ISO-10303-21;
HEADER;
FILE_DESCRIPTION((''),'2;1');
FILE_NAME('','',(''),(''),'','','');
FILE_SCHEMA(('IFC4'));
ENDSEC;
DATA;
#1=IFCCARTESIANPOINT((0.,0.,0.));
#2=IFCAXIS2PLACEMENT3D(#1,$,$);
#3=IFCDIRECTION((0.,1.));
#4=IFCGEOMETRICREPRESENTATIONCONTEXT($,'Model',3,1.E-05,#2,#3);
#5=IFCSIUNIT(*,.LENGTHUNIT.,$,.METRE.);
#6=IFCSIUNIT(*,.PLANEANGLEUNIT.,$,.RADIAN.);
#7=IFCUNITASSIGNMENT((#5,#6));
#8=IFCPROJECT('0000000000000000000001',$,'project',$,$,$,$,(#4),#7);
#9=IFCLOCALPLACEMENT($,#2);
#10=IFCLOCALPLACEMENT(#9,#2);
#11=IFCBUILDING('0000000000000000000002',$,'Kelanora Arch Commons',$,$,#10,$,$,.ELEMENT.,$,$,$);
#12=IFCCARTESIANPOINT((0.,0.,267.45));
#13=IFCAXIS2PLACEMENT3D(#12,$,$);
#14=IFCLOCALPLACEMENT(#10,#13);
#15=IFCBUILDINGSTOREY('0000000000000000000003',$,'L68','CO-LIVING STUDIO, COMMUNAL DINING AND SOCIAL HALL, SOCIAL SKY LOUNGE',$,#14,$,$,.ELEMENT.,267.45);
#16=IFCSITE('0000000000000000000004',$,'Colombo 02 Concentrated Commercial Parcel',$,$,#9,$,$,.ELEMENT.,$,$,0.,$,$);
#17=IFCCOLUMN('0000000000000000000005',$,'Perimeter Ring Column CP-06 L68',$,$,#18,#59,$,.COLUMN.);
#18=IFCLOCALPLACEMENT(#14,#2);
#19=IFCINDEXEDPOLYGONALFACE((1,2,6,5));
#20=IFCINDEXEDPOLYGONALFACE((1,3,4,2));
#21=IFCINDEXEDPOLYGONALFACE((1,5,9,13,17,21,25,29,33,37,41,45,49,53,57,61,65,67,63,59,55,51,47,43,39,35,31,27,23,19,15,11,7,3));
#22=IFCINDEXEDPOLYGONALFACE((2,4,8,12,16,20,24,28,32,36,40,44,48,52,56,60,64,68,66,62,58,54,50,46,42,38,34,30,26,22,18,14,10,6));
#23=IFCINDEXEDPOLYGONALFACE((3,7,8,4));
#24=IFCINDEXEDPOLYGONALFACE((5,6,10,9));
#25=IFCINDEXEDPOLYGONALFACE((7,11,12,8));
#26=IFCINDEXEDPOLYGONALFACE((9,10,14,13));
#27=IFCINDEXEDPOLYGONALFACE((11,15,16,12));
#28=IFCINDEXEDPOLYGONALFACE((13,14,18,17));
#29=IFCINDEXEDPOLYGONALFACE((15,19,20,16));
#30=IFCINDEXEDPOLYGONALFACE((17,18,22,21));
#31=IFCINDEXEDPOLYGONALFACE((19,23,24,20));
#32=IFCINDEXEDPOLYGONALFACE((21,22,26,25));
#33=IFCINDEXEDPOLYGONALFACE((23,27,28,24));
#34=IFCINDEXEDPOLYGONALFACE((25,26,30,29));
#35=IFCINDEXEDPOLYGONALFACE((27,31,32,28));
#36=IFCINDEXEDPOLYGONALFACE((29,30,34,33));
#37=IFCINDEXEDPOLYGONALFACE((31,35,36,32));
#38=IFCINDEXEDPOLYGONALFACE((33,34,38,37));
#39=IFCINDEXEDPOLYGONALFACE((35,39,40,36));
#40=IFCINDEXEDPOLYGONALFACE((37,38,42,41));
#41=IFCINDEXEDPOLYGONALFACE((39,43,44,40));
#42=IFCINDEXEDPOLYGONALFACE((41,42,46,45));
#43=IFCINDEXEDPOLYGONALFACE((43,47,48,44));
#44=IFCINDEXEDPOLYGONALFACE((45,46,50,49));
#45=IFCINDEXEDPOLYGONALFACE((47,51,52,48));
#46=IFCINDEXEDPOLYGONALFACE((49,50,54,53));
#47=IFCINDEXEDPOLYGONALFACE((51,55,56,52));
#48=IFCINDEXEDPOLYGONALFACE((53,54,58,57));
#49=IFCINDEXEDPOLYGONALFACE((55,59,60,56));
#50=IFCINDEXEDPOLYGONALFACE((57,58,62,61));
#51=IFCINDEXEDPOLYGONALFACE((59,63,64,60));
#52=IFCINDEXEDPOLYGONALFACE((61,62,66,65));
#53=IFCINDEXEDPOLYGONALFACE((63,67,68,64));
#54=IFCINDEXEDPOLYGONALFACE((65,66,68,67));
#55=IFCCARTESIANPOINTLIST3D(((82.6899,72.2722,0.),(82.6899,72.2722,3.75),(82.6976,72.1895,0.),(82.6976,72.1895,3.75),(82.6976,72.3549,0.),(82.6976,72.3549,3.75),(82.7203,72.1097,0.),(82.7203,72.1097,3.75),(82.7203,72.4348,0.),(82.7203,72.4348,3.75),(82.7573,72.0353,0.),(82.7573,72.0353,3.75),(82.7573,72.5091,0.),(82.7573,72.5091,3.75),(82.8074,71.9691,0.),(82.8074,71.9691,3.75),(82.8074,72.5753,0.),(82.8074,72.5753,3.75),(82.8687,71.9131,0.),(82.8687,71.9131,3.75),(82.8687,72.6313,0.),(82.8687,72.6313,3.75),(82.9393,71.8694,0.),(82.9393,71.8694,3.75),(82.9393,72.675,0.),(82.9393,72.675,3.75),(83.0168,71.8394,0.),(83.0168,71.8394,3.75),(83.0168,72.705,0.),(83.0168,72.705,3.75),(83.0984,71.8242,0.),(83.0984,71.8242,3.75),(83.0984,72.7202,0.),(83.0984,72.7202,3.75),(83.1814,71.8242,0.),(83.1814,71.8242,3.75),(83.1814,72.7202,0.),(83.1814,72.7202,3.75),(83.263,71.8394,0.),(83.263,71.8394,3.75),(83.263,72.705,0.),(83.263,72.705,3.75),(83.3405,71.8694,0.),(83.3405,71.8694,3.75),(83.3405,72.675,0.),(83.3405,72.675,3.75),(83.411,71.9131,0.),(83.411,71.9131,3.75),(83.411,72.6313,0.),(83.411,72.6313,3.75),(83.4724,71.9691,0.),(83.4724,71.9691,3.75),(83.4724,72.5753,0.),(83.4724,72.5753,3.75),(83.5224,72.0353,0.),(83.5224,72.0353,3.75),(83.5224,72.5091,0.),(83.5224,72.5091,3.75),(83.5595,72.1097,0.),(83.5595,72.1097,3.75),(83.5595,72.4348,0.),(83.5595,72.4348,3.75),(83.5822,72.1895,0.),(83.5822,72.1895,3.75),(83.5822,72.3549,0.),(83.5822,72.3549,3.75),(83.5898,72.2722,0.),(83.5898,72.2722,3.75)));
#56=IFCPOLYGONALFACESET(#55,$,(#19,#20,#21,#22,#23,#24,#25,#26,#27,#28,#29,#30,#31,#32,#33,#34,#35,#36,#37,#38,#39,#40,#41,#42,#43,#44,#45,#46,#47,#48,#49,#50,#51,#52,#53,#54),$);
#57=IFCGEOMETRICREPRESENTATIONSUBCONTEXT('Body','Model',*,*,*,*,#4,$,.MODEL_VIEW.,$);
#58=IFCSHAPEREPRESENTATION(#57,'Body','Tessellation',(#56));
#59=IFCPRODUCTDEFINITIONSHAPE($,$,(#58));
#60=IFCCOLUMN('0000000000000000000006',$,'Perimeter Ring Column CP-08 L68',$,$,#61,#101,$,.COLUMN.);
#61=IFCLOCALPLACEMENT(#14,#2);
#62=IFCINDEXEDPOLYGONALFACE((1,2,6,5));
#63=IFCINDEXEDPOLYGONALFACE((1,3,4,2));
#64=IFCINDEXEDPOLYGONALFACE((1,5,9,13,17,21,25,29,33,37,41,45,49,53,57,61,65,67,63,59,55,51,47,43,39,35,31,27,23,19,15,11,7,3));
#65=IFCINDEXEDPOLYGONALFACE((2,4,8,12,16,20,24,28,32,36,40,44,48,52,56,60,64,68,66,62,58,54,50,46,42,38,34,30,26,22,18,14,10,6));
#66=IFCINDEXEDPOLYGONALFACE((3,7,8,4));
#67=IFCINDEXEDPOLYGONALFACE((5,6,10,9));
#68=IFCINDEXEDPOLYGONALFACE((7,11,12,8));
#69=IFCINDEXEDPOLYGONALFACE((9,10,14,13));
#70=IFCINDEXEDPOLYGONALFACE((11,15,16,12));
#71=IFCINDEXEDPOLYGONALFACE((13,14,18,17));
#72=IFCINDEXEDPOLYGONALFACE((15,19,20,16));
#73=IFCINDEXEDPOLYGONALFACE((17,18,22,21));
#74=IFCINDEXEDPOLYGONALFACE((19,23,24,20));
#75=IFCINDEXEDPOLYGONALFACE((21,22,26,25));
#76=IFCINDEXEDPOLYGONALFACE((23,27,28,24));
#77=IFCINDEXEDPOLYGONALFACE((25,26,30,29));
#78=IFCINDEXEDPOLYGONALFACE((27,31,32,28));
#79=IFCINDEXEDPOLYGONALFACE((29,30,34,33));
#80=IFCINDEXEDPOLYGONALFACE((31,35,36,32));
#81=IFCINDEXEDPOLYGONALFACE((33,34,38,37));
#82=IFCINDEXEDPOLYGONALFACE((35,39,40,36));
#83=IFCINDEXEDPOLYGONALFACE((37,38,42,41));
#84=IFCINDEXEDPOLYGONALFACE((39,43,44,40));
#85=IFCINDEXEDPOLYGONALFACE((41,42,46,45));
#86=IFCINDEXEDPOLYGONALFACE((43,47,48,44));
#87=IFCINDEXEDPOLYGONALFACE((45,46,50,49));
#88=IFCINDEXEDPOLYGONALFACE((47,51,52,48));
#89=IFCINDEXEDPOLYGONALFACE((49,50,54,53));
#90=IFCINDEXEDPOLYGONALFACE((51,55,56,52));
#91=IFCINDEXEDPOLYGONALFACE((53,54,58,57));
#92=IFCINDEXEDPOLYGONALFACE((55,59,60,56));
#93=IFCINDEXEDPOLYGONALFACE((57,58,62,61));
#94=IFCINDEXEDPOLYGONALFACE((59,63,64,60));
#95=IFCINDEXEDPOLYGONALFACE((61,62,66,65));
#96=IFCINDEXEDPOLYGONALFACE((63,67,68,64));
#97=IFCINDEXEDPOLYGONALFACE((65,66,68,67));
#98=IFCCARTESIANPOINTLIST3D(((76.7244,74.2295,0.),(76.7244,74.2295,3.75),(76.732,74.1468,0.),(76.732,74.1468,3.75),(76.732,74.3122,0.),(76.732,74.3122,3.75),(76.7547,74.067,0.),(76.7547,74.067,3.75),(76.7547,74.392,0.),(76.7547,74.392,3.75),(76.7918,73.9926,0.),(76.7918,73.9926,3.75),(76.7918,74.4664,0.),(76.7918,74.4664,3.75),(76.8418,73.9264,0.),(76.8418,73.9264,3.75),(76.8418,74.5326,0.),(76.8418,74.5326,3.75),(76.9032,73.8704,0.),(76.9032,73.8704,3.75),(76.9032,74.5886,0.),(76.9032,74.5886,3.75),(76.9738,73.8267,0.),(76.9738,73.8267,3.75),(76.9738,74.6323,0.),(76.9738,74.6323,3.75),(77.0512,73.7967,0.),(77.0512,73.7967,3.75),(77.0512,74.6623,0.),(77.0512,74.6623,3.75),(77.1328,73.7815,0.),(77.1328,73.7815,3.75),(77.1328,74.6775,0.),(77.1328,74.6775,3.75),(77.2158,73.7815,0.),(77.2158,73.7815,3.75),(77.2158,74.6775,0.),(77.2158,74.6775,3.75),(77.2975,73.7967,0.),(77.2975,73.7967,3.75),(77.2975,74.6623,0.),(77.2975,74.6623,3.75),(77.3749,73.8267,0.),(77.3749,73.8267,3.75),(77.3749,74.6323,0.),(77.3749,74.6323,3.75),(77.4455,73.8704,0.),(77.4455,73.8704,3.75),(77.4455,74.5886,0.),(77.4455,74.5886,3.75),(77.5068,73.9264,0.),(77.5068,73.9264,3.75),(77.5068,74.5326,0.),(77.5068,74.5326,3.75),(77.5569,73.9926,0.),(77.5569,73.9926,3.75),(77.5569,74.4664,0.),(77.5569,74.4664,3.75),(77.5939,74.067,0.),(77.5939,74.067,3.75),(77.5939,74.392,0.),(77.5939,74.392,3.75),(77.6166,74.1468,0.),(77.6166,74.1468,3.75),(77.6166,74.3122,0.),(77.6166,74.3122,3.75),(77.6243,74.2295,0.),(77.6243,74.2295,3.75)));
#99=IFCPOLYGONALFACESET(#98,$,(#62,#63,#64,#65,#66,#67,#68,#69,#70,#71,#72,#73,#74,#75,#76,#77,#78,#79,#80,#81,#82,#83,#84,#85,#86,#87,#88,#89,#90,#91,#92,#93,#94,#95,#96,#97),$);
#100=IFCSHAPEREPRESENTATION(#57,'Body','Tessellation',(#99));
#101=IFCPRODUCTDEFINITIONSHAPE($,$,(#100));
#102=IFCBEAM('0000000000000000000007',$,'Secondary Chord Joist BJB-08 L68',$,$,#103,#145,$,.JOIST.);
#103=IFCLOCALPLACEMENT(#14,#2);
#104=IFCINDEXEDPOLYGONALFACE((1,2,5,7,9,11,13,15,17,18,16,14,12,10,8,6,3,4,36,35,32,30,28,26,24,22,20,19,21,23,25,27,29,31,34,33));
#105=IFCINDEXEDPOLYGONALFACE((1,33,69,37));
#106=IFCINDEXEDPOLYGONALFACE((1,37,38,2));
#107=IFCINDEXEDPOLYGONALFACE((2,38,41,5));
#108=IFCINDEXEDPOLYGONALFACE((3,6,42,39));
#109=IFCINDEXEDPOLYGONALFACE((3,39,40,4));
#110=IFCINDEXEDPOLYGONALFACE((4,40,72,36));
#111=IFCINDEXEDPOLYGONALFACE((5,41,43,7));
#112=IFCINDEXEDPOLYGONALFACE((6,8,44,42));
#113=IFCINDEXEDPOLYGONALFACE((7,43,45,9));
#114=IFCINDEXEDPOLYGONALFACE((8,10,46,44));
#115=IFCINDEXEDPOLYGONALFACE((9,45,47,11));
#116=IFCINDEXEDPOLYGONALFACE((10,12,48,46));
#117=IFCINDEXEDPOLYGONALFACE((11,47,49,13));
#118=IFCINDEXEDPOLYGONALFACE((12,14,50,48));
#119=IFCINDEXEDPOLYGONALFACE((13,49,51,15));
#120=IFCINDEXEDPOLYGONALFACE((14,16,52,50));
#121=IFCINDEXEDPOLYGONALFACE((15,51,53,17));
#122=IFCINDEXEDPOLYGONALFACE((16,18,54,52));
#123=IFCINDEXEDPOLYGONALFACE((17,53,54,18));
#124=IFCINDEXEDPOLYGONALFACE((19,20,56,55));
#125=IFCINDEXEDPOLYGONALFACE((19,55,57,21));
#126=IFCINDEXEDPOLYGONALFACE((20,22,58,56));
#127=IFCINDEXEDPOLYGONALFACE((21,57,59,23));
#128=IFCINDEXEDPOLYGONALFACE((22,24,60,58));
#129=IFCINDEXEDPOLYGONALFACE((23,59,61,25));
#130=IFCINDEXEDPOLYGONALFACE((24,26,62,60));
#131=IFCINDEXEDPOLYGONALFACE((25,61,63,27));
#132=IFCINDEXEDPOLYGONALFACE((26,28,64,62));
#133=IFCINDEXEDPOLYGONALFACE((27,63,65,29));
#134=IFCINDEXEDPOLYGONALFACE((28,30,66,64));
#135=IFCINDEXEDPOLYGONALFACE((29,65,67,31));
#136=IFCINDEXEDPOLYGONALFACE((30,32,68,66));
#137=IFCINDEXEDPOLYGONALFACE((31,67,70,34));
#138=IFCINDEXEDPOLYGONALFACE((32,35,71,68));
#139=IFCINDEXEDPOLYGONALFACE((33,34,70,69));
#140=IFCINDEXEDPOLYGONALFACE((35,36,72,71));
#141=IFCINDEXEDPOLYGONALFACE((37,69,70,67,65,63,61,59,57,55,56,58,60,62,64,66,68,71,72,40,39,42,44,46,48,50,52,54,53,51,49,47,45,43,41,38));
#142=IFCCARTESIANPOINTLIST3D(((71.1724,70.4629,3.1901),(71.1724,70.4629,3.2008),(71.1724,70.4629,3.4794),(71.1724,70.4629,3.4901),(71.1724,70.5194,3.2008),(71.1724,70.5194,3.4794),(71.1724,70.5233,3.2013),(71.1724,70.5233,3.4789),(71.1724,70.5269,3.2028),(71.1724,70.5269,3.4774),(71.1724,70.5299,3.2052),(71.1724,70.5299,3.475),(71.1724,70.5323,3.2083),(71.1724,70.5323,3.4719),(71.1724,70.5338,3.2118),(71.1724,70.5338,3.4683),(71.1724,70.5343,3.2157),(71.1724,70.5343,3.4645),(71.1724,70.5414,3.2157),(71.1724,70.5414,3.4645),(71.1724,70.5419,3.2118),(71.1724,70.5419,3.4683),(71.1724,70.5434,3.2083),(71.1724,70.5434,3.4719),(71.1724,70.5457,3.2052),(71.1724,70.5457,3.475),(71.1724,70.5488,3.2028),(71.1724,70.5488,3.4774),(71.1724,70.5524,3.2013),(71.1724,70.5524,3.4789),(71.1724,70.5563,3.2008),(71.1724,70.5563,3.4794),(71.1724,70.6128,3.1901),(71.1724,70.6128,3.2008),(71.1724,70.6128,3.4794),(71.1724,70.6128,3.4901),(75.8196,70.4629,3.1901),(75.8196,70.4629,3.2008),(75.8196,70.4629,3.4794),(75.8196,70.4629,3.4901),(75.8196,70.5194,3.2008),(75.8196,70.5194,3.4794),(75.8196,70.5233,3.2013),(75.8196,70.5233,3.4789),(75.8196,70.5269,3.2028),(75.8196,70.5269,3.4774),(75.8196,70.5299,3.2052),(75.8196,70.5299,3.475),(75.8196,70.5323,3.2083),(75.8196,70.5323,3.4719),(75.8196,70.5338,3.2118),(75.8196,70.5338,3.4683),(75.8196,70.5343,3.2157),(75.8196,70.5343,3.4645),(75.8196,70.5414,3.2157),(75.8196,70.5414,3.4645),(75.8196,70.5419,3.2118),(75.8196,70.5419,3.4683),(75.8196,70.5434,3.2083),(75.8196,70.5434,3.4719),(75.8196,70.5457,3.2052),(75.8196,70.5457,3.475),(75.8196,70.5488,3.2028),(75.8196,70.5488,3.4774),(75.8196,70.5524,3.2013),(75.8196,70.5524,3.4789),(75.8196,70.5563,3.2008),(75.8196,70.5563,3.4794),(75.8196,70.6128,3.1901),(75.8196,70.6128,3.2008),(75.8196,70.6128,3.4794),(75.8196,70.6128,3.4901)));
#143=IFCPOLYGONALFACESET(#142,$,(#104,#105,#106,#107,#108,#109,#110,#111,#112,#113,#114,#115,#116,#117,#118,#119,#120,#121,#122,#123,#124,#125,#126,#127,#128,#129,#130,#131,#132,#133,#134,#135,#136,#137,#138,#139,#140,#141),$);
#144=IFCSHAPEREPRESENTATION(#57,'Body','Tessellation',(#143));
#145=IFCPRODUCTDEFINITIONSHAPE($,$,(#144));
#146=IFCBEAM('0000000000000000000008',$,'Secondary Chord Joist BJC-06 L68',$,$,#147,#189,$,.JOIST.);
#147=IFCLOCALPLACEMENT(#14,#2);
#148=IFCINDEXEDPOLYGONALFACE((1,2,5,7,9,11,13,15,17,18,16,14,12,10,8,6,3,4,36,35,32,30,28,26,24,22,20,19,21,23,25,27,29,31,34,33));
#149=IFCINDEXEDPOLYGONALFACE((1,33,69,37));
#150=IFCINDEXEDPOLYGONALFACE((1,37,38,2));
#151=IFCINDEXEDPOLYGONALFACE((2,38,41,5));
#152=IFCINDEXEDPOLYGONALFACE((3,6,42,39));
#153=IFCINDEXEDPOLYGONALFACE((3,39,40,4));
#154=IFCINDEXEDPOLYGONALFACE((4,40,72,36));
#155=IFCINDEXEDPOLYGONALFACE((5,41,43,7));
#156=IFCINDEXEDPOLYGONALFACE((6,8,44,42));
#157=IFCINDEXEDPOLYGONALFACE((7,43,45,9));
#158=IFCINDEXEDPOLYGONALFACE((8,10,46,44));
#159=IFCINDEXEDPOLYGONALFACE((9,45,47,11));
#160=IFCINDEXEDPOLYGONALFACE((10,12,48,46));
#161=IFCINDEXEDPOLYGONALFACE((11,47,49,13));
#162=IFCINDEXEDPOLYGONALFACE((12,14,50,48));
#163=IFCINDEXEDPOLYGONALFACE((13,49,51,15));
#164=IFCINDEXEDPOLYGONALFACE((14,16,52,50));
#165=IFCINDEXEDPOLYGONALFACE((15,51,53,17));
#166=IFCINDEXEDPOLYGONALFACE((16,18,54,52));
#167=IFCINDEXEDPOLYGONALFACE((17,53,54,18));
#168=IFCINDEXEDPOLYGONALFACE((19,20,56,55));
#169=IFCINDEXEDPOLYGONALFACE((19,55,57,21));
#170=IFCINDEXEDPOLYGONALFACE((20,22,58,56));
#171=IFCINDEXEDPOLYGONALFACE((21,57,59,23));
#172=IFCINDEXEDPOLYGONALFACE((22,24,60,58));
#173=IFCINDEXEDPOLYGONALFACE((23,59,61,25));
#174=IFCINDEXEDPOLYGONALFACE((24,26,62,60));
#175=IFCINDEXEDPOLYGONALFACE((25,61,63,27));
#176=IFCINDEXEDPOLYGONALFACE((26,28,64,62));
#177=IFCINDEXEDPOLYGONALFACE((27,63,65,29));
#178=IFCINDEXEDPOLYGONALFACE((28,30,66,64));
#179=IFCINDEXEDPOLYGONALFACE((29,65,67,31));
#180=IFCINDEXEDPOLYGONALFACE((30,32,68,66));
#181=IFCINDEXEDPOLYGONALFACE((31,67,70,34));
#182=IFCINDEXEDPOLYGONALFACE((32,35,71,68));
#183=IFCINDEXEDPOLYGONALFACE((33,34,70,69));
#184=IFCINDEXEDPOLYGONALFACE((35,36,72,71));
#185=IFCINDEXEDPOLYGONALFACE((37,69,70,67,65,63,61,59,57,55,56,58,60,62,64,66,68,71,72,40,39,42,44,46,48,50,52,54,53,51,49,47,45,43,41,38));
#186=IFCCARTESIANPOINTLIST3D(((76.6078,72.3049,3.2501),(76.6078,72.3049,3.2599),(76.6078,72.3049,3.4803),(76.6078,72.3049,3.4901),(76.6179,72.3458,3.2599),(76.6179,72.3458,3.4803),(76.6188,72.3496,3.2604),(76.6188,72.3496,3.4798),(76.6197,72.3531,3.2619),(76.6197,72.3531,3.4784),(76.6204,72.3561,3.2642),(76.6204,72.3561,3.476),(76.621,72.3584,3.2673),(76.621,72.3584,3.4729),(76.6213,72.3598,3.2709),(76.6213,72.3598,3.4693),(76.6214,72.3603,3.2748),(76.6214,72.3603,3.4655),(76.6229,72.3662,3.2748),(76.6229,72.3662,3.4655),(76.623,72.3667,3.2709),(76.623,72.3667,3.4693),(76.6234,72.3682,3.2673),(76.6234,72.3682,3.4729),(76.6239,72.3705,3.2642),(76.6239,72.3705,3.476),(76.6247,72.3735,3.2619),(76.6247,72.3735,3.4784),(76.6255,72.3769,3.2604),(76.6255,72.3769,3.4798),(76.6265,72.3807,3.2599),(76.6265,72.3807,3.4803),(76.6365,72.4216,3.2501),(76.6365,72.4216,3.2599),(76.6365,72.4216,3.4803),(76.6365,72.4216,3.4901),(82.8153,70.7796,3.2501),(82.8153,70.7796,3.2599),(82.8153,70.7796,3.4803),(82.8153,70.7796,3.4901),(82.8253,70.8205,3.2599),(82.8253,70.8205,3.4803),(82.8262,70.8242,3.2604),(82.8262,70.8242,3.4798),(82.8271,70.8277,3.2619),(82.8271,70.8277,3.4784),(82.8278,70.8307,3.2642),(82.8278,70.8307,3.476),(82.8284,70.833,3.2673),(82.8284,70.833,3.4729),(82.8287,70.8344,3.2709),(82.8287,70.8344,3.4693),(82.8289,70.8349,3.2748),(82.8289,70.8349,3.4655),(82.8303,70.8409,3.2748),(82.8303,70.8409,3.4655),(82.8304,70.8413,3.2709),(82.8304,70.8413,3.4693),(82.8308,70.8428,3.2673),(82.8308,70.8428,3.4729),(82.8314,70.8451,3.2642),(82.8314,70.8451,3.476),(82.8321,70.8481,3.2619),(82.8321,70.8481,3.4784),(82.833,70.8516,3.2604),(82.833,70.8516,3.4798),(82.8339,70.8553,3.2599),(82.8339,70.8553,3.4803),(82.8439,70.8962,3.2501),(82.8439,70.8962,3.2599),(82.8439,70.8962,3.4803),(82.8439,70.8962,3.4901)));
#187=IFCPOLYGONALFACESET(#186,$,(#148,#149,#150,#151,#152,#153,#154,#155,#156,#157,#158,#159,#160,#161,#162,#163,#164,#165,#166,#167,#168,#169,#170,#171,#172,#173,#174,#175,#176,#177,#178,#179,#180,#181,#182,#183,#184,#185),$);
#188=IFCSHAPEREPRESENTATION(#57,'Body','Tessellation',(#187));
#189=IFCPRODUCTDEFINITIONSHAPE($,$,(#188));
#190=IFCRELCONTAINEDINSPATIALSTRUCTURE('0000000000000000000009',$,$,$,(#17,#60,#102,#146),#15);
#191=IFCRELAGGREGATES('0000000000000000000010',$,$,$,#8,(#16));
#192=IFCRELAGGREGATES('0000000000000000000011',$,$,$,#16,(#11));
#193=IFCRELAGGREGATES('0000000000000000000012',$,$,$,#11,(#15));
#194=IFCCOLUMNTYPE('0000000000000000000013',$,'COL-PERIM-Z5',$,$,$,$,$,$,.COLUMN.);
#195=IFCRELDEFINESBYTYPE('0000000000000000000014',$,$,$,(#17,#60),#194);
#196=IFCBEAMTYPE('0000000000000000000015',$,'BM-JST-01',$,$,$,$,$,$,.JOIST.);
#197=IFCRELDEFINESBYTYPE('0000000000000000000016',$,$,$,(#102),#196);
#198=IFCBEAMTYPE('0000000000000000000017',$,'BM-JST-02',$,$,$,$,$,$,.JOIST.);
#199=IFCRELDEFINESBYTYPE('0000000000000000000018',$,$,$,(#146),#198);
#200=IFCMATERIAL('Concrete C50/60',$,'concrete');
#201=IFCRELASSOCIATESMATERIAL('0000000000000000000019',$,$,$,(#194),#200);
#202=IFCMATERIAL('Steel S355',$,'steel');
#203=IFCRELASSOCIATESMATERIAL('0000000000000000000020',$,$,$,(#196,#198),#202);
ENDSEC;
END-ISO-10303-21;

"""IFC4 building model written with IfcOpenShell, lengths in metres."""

from ifc_helpers import new_model, si_unit, direction, frame, origin, origin_2d, place, context, subcontext, project, spatial, circle, i_section, extrude, material, material_profile, profile_set, type_object, element, save


model = new_model("IFC4")

# Units and contexts
model_context = context("Model", 3, precision=1e-05, world=origin(), true_north=direction((0.0, 1.0)))
body_context = subcontext(model_context, "Body", "Model", "MODEL_VIEW")
ifc_project = project(units=[si_unit("LENGTHUNIT", "METRE"), si_unit("PLANEANGLEUNIT", "RADIAN")], contexts=[model_context])

# Site, building, storey
site_placement = place(None, origin())
site = spatial("IfcSite", under=ifc_project, at=site_placement, Name="Colombo 02 Concentrated Commercial Parcel", CompositionType="ELEMENT", RefElevation=0.0)
building_placement = place(site_placement, origin())
building = spatial("IfcBuilding", under=site, at=building_placement, Name="Kelanora Arch Commons", CompositionType="ELEMENT")
storey_placement = place(building_placement, frame((0.0, 0.0, 267.45)))
storey = spatial("IfcBuildingStorey", under=building, at=storey_placement, Name="L68", Description="CO-LIVING STUDIO, COMMUNAL DINING AND SOCIAL HALL, SOCIAL SKY LOUNGE", CompositionType="ELEMENT", Elevation=267.45)

# Columns
ifc_material_1 = material(Name="Concrete C50/60", Category="concrete")
ifc_material_profile_1 = material_profile(ifc_material_1, circle(Radius=0.45, at=origin_2d()), Name="RCC900")
ifc_profile_set_1 = profile_set([ifc_material_profile_1], Name="Concrete C50/60")
column_type = type_object("IfcColumnType", Name="COL-PERIM-Z5", PredefinedType="COLUMN", material=ifc_profile_set_1)
for number, where, z_axis, x_axis, name in (
    (1, (83.1399, 72.2722, 0.0), (0.0, 0.0, 1.0), (1.0, 0.0, 0.0), "Perimeter Ring Column CP-06 L68"),
    (2, (77.1743, 74.2295, 0.0), (0.0, 0.0, 1.0), (1.0, 0.0, 0.0), "Perimeter Ring Column CP-08 L68"),
):
    element("IfcColumn", number, at=place(storey_placement, frame(where, z_axis=z_axis, x_axis=x_axis)), inside=storey, type_object=column_type, Name=name, PredefinedType="COLUMN", context=body_context, shape_type="SweptSolid", body=[
        extrude(circle(Radius=0.45, at=origin_2d()), origin(), (0.0, 0.0, 1.0), 3.75),
    ])

# Beams
ifc_material_2 = material(Name="Steel S355", Category="steel")
ifc_material_profile_2 = material_profile(ifc_material_2, i_section(OverallWidth=0.1499, OverallDepth=0.3, WebThickness=0.0071, FlangeThickness=0.0107, FilletRadius=0.0149, at=origin_2d()), Name="IPE300")
ifc_profile_set_2 = profile_set([ifc_material_profile_2], Name="Steel S355")
beam_type_1 = type_object("IfcBeamType", Name="BM-JST-01", PredefinedType="JOIST", material=ifc_profile_set_2)
beam_1_placement = place(storey_placement, frame((75.8196, 70.5378, 3.3401), z_axis=(-1.0, 0.0, 0.0), x_axis=(0.0, -1.0, 0.0)))
element("IfcBeam", 3, at=beam_1_placement, inside=storey, type_object=beam_type_1, Name="Secondary Chord Joist BJB-08 L68", PredefinedType="JOIST", context=body_context, shape_type="SweptSolid", body=[
    extrude(i_section(OverallWidth=0.1499, OverallDepth=0.3, WebThickness=0.0071, FlangeThickness=0.0107, FilletRadius=0.0149, at=origin_2d()), origin(), (0.0, 0.0, 1.0), 4.6472),
])
ifc_material_profile_3 = material_profile(ifc_material_2, i_section(OverallWidth=0.1201, OverallDepth=0.24, WebThickness=0.0061, FlangeThickness=0.0098, FilletRadius=0.0149, at=origin_2d()), Name="IPE240")
ifc_profile_set_3 = profile_set([ifc_material_profile_3], Name="Steel S355")
beam_type_2 = type_object("IfcBeamType", Name="BM-JST-02", PredefinedType="JOIST", material=ifc_profile_set_3)
beam_2_placement = place(storey_placement, frame((82.8296, 70.8379, 3.3701), z_axis=(-0.97111, 0.238633, 0.0), x_axis=(-0.238633, -0.97111, 0.0)))
element("IfcBeam", 4, at=beam_2_placement, inside=storey, type_object=beam_type_2, Name="Secondary Chord Joist BJC-06 L68", PredefinedType="JOIST", context=body_context, shape_type="SweptSolid", body=[
    extrude(i_section(OverallWidth=0.1201, OverallDepth=0.24, WebThickness=0.0061, FlangeThickness=0.0098, FilletRadius=0.0149, at=origin_2d()), origin(), (0.0, 0.0, 1.0), 6.3921),
])

save(model, "model.ifc")
